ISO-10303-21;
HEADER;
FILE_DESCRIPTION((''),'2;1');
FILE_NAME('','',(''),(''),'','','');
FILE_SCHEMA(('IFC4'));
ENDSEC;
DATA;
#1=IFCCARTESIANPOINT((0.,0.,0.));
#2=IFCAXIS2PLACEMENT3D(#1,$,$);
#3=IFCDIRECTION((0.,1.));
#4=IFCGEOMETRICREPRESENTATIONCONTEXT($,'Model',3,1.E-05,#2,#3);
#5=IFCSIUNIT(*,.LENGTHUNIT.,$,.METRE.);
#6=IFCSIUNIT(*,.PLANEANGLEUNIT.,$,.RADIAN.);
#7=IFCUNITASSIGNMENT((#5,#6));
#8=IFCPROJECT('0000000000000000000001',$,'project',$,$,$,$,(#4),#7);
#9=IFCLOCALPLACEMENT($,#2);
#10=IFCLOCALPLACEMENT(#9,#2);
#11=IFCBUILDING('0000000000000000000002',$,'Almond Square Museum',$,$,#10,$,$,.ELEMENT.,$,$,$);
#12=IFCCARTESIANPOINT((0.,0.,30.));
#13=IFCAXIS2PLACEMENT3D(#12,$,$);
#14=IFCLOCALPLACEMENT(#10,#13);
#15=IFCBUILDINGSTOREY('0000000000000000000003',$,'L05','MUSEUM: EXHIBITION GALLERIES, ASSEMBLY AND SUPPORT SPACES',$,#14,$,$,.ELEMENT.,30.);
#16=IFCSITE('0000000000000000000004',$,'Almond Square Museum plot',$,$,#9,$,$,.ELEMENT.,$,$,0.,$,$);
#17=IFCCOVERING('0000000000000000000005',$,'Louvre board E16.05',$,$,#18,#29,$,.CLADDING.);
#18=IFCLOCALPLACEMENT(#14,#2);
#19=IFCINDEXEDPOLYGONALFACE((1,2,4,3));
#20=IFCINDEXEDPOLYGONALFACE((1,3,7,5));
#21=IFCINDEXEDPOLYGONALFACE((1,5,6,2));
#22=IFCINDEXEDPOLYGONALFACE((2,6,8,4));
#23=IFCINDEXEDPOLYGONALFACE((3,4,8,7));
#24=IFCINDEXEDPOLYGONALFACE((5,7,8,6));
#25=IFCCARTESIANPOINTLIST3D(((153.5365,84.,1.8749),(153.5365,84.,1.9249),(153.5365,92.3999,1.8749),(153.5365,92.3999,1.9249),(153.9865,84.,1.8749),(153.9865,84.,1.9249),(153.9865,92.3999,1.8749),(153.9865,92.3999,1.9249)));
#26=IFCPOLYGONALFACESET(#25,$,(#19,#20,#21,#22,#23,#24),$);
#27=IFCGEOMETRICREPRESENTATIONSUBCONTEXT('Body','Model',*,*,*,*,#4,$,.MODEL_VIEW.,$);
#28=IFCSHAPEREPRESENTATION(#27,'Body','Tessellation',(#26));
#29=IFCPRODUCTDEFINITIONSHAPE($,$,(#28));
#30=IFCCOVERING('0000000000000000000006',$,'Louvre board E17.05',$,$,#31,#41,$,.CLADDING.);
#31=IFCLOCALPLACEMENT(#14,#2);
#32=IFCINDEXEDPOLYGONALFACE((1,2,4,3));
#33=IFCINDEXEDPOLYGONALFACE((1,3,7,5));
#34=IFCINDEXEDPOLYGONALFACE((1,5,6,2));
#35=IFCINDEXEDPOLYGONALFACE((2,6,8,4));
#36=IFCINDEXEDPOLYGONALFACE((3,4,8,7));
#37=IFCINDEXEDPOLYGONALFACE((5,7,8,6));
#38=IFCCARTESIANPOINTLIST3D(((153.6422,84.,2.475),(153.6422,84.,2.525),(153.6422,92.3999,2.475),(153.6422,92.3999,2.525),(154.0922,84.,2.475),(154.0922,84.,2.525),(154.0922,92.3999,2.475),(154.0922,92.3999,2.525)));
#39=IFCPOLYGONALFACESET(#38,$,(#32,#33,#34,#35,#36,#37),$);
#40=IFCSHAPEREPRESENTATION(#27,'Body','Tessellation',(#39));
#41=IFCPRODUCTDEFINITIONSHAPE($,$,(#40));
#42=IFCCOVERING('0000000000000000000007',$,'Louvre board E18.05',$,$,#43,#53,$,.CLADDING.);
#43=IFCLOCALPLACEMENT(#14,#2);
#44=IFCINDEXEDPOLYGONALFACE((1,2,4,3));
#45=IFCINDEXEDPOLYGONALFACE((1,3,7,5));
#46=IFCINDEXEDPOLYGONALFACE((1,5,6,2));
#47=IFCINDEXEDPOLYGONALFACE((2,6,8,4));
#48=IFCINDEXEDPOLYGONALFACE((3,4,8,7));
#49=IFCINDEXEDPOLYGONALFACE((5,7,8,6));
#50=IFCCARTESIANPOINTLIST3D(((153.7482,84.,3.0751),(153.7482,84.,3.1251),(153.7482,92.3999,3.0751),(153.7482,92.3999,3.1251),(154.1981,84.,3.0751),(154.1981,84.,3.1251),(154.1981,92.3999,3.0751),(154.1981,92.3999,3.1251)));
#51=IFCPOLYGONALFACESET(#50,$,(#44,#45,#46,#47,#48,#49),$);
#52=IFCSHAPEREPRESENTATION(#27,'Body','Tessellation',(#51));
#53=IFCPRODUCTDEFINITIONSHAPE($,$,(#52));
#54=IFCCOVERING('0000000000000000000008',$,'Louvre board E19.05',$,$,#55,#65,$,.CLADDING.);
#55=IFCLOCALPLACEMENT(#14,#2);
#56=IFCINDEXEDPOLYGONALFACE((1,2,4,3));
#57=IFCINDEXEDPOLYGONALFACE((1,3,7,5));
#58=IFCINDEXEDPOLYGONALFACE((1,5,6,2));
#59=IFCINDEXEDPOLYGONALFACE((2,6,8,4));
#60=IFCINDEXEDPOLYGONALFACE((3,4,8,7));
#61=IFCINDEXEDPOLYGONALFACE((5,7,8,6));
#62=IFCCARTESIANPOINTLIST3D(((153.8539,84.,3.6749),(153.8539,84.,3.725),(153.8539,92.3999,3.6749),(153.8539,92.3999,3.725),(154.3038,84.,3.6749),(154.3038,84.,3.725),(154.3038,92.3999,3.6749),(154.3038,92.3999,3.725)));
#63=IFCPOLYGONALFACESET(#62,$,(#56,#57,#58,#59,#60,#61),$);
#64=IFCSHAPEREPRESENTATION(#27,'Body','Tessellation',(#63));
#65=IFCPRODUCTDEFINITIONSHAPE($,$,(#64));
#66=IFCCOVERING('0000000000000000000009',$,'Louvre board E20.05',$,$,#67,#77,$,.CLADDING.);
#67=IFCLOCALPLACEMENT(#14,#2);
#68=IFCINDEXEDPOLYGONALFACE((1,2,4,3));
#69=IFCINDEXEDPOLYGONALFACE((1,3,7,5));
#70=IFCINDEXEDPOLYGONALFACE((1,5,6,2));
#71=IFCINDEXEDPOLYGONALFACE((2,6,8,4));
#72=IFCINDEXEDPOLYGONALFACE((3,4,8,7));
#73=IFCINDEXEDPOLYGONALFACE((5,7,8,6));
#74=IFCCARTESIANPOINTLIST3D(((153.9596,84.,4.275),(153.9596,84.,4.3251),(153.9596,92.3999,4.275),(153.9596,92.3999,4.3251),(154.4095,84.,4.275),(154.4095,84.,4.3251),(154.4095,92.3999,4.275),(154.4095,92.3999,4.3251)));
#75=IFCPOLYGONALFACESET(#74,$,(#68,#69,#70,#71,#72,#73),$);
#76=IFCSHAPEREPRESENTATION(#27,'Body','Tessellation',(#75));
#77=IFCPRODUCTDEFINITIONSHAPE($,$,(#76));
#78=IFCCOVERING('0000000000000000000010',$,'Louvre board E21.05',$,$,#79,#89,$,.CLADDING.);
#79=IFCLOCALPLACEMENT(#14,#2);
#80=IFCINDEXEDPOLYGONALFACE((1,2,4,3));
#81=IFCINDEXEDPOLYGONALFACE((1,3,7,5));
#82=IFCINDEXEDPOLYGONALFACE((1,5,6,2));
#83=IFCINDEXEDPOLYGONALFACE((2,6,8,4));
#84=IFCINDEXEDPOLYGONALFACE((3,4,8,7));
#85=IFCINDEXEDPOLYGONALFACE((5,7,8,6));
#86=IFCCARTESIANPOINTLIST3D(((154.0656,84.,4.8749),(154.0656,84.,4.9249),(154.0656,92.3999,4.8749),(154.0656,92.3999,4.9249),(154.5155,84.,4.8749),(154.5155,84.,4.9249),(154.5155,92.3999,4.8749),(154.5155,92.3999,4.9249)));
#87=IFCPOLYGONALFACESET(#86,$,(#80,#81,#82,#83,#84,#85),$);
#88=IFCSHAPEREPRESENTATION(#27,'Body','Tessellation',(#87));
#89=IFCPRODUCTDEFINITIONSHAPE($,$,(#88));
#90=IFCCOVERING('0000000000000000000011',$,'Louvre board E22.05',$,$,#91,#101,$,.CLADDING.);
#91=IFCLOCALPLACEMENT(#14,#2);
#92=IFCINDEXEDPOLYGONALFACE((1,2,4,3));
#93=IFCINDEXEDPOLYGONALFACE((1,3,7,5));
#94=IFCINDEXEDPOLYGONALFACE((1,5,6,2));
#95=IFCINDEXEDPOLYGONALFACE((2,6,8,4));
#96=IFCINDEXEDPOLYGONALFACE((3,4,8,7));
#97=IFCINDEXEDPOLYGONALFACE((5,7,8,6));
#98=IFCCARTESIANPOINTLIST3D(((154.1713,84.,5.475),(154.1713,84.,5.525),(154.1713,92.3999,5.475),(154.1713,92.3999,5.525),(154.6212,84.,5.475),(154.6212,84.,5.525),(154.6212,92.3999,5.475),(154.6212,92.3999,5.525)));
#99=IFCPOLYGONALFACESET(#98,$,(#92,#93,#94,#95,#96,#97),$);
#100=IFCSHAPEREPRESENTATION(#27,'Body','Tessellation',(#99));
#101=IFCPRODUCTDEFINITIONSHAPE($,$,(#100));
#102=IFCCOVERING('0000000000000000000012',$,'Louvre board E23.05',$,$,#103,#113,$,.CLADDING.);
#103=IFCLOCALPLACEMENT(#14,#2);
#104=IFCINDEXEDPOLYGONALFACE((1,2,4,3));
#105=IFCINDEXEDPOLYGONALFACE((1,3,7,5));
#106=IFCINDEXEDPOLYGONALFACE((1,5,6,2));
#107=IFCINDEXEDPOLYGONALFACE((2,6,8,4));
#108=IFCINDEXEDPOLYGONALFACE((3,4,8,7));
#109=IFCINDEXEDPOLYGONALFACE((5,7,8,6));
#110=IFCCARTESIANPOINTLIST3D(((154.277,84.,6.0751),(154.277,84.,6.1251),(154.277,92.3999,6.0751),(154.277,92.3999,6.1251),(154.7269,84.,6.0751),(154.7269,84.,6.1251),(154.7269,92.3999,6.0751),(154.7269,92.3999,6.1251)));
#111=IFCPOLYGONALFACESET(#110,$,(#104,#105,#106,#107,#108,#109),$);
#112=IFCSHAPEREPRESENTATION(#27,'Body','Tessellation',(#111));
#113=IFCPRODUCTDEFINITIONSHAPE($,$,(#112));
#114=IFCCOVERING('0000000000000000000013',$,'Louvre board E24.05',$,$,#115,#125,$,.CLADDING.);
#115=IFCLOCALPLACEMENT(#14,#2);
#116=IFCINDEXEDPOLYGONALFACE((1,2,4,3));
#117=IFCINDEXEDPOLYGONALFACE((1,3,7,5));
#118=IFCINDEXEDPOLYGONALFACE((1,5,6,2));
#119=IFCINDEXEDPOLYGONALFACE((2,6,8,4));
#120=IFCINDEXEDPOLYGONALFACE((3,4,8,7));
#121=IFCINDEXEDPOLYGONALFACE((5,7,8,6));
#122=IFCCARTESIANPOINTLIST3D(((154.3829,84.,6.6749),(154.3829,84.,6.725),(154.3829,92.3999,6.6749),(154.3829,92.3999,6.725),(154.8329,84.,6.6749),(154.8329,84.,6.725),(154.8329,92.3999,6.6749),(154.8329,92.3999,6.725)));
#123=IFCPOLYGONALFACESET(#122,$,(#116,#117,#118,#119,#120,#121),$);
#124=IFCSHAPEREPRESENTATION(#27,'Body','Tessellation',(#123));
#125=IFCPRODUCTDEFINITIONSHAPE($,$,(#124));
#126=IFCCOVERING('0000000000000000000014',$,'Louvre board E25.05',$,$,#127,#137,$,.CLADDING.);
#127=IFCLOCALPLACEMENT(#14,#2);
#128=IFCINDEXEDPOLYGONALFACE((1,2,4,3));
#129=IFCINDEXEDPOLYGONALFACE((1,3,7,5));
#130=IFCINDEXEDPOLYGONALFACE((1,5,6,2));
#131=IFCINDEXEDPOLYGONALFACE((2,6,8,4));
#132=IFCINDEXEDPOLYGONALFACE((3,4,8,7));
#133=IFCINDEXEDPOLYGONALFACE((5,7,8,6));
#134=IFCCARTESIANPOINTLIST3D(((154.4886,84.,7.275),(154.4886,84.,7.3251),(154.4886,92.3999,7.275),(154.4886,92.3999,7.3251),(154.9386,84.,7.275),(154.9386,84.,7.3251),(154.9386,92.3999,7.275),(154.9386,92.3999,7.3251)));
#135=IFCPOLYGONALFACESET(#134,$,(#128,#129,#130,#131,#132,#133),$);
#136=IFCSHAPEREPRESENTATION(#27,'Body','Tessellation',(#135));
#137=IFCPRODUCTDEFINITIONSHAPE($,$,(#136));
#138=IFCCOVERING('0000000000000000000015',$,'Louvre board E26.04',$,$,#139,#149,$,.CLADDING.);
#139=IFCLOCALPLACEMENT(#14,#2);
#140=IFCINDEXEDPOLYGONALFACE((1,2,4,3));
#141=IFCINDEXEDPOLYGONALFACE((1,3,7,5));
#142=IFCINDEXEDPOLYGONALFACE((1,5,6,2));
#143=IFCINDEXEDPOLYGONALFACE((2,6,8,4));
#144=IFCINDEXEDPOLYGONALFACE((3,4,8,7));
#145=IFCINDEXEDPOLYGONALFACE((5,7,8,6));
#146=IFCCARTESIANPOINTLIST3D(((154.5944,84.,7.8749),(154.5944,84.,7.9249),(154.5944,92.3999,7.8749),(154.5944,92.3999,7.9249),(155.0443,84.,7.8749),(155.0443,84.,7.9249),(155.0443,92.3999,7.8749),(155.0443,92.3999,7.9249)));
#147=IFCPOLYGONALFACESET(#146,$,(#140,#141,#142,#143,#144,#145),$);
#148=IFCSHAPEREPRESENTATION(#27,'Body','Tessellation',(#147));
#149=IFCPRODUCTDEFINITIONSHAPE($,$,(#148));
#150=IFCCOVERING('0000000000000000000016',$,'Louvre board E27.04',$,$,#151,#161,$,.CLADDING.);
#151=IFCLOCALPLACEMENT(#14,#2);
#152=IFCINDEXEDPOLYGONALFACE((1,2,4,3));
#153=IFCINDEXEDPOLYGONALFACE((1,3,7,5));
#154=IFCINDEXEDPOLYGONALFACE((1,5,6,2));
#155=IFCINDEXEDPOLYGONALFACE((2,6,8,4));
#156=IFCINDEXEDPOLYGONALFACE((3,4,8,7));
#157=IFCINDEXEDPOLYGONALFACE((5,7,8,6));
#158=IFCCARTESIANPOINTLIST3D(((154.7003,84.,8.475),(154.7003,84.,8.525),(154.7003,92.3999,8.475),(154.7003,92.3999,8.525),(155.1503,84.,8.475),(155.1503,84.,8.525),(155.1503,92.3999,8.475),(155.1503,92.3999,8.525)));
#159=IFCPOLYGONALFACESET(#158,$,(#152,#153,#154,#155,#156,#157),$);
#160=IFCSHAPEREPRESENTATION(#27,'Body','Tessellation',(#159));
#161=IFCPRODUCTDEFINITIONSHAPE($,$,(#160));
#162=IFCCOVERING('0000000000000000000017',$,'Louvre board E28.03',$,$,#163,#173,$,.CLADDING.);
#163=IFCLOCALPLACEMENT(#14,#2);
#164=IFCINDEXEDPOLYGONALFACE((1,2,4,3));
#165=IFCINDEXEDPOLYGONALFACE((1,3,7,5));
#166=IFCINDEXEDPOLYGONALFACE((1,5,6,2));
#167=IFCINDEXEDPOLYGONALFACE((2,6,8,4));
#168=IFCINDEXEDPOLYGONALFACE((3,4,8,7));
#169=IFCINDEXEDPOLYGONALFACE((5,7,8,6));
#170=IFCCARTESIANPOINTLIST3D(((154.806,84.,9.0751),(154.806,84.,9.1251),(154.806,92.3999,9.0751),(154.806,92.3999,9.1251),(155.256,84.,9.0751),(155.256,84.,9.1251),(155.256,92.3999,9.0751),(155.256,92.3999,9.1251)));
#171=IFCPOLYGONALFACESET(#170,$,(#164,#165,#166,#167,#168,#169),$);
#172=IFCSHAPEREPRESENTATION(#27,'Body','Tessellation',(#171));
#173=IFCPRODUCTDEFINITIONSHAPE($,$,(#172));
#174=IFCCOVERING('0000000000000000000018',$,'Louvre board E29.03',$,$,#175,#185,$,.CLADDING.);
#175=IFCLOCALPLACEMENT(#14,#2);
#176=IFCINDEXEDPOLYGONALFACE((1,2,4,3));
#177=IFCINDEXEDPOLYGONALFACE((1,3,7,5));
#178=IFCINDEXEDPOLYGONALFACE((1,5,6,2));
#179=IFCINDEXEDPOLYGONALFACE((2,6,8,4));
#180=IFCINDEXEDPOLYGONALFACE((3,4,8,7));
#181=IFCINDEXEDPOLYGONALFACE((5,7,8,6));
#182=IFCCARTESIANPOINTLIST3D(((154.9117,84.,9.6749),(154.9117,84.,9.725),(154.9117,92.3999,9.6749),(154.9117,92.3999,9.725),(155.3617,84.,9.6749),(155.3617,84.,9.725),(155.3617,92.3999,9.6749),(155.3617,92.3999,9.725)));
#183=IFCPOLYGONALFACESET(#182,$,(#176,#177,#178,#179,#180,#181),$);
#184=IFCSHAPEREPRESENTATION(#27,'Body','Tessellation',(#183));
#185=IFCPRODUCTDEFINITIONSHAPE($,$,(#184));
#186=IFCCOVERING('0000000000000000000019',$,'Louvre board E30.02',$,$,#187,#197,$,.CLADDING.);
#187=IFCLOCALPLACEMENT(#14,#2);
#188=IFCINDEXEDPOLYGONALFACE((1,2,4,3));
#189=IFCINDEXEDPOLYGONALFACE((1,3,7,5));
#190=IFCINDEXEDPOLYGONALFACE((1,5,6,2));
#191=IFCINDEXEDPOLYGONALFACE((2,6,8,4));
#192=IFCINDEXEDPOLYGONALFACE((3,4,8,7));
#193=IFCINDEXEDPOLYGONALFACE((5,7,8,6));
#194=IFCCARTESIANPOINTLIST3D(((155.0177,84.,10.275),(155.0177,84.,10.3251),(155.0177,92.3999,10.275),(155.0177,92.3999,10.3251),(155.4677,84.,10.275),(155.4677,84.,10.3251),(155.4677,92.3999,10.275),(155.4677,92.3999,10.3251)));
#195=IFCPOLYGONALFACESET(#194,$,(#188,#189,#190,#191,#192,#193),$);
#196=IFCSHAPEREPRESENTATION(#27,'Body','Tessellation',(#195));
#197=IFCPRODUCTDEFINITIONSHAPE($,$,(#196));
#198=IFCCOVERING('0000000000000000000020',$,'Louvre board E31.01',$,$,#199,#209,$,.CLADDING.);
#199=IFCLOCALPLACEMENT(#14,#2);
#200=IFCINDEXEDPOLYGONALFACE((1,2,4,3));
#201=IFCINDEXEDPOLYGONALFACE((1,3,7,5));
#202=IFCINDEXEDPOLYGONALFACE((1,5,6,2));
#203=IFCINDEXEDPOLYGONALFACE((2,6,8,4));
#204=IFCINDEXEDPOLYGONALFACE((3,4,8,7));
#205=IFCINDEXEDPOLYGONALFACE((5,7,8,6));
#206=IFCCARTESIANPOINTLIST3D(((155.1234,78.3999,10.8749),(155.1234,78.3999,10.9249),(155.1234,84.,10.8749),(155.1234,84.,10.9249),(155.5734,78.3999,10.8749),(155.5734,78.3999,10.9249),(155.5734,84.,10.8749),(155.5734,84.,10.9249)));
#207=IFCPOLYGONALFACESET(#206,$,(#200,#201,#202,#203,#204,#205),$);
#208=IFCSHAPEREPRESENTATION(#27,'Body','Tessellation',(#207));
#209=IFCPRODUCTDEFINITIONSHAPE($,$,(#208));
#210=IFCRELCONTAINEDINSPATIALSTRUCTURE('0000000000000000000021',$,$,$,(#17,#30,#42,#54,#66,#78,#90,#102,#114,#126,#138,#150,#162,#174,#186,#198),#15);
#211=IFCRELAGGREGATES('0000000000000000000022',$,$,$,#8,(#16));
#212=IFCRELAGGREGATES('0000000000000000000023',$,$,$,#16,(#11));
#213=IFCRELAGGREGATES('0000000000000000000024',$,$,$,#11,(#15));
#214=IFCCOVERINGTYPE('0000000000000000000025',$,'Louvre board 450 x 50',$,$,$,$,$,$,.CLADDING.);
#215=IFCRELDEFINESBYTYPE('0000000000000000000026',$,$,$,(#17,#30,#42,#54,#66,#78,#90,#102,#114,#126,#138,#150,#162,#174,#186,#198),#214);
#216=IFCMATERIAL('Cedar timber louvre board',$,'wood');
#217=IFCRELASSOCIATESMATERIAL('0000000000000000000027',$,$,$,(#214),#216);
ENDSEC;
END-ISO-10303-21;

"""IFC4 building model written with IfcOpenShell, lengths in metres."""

from ifc_helpers import new_model, si_unit, direction, frame, origin, origin_2d, place, context, subcontext, project, spatial, rectangle, extrude, material, material_profile, profile_set, type_object, element, save


model = new_model("IFC4")

# Units and contexts
model_context = context("Model", 3, precision=1e-05, world=origin(), true_north=direction((0.0, 1.0)))
body_context = subcontext(model_context, "Body", "Model", "MODEL_VIEW")
ifc_project = project(units=[si_unit("LENGTHUNIT", "METRE"), si_unit("PLANEANGLEUNIT", "RADIAN")], contexts=[model_context])

# Site, building, storey
site_placement = place(None, origin())
site = spatial("IfcSite", under=ifc_project, at=site_placement, Name="Almond Square Museum plot", CompositionType="ELEMENT", RefElevation=0.0)
building_placement = place(site_placement, origin())
building = spatial("IfcBuilding", under=site, at=building_placement, Name="Almond Square Museum", CompositionType="ELEMENT")
storey_placement = place(building_placement, frame((0.0, 0.0, 30.0)))
storey = spatial("IfcBuildingStorey", under=building, at=storey_placement, Name="L05", Description="MUSEUM: EXHIBITION GALLERIES, ASSEMBLY AND SUPPORT SPACES", CompositionType="ELEMENT", Elevation=30.0)

# Coverings
ifc_material_1 = material(Name="Cedar timber louvre board", Category="wood")
ifc_material_profile_1 = material_profile(ifc_material_1, rectangle(XDim=0.45, YDim=0.05, at=origin_2d()))
ifc_profile_set_1 = profile_set([ifc_material_profile_1], Name="Cedar timber louvre board")
covering_type = type_object("IfcCoveringType", Name="Louvre board 450 x 50", PredefinedType="CLADDING", material=ifc_profile_set_1)
for number, where, z_axis, x_axis, name in (
    (1, (153.7615, 84.0, 1.8999), (0.0, 1.0, 0.0), (-1.0, 0.0, 0.0), "Louvre board E16.05"),
    (2, (153.8672, 84.0, 2.5), (0.0, 1.0, 0.0), (-1.0, 0.0, 0.0), "Louvre board E17.05"),
    (3, (153.9731, 84.0, 3.1001), (0.0, 1.0, 0.0), (-1.0, 0.0, 0.0), "Louvre board E18.05"),
    (4, (154.0789, 84.0, 3.7), (0.0, 1.0, 0.0), (-1.0, 0.0, 0.0), "Louvre board E19.05"),
    (5, (154.1846, 84.0, 4.3), (0.0, 1.0, 0.0), (-1.0, 0.0, 0.0), "Louvre board E20.05"),
    (6, (154.2905, 84.0, 4.8999), (0.0, 1.0, 0.0), (-1.0, 0.0, 0.0), "Louvre board E21.05"),
    (7, (154.3962, 84.0, 5.5), (0.0, 1.0, 0.0), (-1.0, 0.0, 0.0), "Louvre board E22.05"),
    (8, (154.502, 84.0, 6.1001), (0.0, 1.0, 0.0), (-1.0, 0.0, 0.0), "Louvre board E23.05"),
    (9, (154.6079, 84.0, 6.7), (0.0, 1.0, 0.0), (-1.0, 0.0, 0.0), "Louvre board E24.05"),
    (10, (154.7136, 84.0, 7.3), (0.0, 1.0, 0.0), (-1.0, 0.0, 0.0), "Louvre board E25.05"),
    (11, (154.8193, 84.0, 7.8999), (0.0, 1.0, 0.0), (-1.0, 0.0, 0.0), "Louvre board E26.04"),
    (12, (154.9253, 84.0, 8.5), (0.0, 1.0, 0.0), (-1.0, 0.0, 0.0), "Louvre board E27.04"),
    (13, (155.031, 84.0, 9.1001), (0.0, 1.0, 0.0), (-1.0, 0.0, 0.0), "Louvre board E28.03"),
    (14, (155.1367, 84.0, 9.7), (0.0, 1.0, 0.0), (-1.0, 0.0, 0.0), "Louvre board E29.03"),
    (15, (155.2427, 84.0, 10.3), (0.0, 1.0, 0.0), (-1.0, 0.0, 0.0), "Louvre board E30.02"),
):
    element("IfcCovering", number, at=place(storey_placement, frame(where, z_axis=z_axis, x_axis=x_axis)), inside=storey, type_object=covering_type, Name=name, PredefinedType="CLADDING", context=body_context, shape_type="SweptSolid", body=[
        extrude(rectangle(XDim=0.45, YDim=0.05, at=origin_2d()), origin(), (0.0, 0.0, 1.0), 8.3999),
    ])
covering_placement = place(storey_placement, frame((155.3484, 78.3999, 10.8999), z_axis=(0.0, 1.0, 0.0), x_axis=(-1.0, 0.0, 0.0)))
element("IfcCovering", 16, at=covering_placement, inside=storey, type_object=covering_type, Name="Louvre board E31.01", PredefinedType="CLADDING", context=body_context, shape_type="SweptSolid", body=[
    extrude(rectangle(XDim=0.45, YDim=0.05, at=origin_2d()), origin(), (0.0, 0.0, 1.0), 5.6001),
])

save(model, "model.ifc")
